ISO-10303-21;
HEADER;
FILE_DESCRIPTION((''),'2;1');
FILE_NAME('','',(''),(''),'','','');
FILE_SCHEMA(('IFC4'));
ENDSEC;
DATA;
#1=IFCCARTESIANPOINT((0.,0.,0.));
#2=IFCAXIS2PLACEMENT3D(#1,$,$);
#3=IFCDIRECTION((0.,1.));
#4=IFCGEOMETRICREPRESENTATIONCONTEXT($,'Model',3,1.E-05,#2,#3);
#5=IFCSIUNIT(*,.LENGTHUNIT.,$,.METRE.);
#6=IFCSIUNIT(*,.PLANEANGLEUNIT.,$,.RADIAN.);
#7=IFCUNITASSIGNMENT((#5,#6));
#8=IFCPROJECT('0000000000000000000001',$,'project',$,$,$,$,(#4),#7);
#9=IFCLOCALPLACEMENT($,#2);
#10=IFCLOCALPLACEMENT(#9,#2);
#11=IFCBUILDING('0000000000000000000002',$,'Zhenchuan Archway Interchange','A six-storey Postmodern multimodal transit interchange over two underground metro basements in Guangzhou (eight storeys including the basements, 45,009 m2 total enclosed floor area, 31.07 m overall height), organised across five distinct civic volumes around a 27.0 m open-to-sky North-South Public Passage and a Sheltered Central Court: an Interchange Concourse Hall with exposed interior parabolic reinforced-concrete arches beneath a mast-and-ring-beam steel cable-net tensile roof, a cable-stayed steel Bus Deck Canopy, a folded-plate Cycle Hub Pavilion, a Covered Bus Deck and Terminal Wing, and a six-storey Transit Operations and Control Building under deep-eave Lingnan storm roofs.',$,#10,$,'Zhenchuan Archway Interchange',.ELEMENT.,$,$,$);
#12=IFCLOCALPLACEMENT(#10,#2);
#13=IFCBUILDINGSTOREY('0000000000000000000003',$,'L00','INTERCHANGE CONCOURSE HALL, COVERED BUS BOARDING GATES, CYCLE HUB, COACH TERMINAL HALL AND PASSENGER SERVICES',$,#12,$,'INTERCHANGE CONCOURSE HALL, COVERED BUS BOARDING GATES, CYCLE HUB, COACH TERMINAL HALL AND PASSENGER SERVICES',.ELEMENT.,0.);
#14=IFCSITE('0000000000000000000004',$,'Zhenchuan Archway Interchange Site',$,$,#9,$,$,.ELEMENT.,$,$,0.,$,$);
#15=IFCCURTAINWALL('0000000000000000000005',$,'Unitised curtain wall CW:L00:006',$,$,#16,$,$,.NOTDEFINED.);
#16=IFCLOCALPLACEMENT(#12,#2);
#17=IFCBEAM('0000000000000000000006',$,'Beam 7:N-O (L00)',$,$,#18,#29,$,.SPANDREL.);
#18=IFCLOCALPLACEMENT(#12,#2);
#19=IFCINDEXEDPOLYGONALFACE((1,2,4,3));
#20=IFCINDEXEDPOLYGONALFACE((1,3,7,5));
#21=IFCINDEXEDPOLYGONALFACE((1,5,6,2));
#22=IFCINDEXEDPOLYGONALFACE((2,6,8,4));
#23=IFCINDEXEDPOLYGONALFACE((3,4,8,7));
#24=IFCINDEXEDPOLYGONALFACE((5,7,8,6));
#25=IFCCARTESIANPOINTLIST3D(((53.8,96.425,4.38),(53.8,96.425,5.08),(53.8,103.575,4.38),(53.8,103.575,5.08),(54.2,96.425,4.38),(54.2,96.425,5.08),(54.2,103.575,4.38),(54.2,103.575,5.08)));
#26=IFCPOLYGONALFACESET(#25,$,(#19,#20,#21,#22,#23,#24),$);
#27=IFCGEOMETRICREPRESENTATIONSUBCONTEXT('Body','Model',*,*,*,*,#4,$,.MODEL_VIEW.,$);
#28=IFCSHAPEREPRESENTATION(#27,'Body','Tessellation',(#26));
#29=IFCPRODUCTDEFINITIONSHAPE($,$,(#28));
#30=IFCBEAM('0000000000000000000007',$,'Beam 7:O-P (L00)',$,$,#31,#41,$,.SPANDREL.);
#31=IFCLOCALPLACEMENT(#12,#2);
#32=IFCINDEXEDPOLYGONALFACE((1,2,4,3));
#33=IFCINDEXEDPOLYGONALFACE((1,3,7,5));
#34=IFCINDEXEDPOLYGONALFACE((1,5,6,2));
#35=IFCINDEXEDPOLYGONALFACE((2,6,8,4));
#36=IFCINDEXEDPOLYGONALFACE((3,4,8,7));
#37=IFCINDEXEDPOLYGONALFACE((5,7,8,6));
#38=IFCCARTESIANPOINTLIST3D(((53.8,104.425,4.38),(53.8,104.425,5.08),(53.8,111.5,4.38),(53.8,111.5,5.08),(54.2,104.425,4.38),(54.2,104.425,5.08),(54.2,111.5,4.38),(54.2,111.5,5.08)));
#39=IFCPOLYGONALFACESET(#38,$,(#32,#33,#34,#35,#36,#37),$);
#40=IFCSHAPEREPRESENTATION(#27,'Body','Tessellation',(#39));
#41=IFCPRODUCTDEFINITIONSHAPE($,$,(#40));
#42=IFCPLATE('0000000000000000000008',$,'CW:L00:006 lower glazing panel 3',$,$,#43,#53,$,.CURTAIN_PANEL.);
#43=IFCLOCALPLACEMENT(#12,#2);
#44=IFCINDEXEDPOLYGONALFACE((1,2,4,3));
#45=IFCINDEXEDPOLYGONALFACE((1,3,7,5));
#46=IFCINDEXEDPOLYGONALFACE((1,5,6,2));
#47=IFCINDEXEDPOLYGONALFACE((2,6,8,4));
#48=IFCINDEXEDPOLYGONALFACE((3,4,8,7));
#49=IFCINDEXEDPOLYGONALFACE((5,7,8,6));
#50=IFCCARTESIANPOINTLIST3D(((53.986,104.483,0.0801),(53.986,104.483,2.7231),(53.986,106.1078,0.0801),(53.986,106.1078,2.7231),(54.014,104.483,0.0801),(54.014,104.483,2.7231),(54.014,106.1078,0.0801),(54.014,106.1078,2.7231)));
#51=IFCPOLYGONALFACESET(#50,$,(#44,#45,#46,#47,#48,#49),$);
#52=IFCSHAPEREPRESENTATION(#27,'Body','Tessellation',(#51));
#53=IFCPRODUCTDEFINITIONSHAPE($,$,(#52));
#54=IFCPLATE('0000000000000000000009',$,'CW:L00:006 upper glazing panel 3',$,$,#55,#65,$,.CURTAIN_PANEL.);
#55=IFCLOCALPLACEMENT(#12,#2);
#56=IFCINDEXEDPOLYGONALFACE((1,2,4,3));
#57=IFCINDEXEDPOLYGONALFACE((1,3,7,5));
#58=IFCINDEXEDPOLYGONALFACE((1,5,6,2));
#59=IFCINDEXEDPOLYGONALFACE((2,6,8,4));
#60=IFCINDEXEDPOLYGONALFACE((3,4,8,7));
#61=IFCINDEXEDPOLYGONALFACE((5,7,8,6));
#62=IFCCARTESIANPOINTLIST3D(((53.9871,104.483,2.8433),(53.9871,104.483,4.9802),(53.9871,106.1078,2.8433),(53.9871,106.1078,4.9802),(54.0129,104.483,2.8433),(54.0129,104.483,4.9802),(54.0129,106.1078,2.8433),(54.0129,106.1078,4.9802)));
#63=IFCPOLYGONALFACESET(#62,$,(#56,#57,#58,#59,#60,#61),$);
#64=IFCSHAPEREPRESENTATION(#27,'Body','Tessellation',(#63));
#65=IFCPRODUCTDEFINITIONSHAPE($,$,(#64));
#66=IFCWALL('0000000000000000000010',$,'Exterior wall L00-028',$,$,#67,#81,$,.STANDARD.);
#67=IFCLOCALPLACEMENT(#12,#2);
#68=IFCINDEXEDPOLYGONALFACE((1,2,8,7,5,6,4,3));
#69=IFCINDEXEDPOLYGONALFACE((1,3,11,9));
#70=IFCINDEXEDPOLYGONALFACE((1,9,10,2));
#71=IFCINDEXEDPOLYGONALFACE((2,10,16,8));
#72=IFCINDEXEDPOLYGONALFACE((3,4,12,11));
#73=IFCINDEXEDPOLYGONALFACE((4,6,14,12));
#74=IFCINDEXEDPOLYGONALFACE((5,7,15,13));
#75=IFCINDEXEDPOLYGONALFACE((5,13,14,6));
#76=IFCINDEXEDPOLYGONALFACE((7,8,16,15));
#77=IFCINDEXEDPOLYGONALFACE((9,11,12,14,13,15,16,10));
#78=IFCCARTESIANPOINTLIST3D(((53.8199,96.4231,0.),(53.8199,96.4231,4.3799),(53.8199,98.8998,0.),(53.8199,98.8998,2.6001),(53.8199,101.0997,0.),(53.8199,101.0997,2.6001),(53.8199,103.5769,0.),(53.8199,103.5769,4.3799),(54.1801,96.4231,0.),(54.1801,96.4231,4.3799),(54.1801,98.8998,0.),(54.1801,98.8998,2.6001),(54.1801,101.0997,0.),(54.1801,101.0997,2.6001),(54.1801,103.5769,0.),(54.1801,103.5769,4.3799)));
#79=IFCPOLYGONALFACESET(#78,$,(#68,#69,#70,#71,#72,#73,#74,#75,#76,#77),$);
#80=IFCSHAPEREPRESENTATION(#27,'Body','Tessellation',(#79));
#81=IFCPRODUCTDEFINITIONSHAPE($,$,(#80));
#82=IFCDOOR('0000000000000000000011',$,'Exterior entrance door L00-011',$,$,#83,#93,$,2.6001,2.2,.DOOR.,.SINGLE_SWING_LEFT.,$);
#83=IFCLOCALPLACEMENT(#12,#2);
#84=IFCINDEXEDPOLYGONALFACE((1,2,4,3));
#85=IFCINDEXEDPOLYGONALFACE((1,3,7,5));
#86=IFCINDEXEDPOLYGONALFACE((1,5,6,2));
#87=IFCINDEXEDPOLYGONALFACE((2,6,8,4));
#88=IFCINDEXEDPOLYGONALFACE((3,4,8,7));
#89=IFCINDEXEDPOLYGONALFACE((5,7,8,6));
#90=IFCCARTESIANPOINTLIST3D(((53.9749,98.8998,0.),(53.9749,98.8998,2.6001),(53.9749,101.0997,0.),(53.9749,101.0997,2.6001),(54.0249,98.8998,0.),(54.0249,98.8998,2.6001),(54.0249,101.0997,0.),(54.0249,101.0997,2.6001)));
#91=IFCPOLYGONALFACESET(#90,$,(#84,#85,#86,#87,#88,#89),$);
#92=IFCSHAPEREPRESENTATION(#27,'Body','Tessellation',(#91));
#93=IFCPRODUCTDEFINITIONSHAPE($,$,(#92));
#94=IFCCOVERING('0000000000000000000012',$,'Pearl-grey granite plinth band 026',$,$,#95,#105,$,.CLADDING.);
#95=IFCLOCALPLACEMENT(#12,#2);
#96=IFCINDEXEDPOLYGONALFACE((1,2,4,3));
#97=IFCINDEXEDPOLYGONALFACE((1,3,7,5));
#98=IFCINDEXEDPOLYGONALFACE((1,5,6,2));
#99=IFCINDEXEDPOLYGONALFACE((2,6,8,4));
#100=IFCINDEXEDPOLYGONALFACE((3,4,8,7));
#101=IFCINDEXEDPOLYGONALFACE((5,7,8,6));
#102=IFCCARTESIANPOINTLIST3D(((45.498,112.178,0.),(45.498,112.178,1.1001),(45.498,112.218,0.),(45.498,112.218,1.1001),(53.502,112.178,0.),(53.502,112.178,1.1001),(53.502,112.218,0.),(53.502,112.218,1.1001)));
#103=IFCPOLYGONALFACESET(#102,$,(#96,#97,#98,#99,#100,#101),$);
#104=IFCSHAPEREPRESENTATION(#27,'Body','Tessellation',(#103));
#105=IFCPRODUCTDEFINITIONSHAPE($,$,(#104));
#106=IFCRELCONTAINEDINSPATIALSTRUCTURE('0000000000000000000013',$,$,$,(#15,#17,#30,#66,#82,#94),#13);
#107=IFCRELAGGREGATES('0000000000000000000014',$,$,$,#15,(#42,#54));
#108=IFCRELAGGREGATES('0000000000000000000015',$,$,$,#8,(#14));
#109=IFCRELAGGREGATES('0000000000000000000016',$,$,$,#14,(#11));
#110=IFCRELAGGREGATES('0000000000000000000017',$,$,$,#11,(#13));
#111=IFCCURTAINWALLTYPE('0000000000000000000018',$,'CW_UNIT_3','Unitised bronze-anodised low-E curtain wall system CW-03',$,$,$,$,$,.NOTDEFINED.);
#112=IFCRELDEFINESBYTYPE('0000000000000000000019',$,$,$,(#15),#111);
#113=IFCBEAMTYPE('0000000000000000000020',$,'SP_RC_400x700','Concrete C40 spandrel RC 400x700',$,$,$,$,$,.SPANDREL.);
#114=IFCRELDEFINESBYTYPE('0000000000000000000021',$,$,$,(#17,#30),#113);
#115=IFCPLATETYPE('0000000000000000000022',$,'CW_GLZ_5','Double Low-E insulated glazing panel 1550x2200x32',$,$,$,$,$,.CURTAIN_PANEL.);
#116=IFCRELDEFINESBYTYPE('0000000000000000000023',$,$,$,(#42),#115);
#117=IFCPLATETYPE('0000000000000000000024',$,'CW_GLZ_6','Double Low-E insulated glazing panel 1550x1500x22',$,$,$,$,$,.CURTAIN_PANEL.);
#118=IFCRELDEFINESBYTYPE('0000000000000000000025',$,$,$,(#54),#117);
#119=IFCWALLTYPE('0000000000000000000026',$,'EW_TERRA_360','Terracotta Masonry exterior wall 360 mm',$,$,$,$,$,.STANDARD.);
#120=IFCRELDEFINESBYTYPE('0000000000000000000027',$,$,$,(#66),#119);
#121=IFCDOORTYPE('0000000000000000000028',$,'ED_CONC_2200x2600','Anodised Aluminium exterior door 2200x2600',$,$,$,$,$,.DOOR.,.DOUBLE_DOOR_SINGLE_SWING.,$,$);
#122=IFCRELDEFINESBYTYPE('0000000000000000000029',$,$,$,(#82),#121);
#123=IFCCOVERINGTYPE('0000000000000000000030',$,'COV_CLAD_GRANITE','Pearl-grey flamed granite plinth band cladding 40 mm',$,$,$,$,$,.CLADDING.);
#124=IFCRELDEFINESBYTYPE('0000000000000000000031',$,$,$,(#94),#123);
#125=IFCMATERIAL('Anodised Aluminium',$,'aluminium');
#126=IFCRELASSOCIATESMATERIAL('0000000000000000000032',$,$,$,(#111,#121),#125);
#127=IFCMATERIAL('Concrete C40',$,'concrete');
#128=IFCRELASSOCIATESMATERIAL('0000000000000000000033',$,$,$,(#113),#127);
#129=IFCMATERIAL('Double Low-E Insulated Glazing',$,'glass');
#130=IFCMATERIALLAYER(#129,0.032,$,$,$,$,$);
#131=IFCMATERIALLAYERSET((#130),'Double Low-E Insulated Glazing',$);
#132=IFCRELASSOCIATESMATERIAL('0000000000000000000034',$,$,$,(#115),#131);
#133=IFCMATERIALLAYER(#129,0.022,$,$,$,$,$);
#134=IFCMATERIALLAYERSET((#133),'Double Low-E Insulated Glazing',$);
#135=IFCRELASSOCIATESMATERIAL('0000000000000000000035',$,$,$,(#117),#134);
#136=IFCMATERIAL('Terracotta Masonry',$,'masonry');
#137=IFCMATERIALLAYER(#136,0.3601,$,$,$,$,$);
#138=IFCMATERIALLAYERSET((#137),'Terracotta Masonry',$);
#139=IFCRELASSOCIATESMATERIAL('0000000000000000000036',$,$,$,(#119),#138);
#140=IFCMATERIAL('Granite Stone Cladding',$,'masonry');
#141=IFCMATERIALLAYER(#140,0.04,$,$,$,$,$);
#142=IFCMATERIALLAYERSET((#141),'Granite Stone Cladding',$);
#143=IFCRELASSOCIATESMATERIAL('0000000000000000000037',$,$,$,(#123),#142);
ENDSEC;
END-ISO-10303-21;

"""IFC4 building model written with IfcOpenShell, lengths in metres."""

from ifc_helpers import new_model, si_unit, direction, frame, frame_2d, origin, origin_2d, place, context, subcontext, project, spatial, rectangle, extrude, material, layer, layer_set, material_profile, profile_set, type_object, element, fill, aggregate, save


model = new_model("IFC4")

# Units and contexts
model_context = context("Model", 3, precision=1e-05, world=origin(), true_north=direction((0.0, 1.0)))
body_context = subcontext(model_context, "Body", "Model", "MODEL_VIEW")
ifc_project = project(units=[si_unit("LENGTHUNIT", "METRE"), si_unit("PLANEANGLEUNIT", "RADIAN")], contexts=[model_context])

# Site, building, storey
site_placement = place(None, origin())
site = spatial("IfcSite", under=ifc_project, at=site_placement, Name="Zhenchuan Archway Interchange Site", CompositionType="ELEMENT", RefElevation=0.0)
building_placement = place(site_placement, origin())
building = spatial("IfcBuilding", under=site, at=building_placement, Name="Zhenchuan Archway Interchange", Description="A six-storey Postmodern multimodal transit interchange over two underground metro basements in Guangzhou (eight storeys including the basements, 45,009 m2 total enclosed floor area, 31.07 m overall height), organised across five distinct civic volumes around a 27.0 m open-to-sky North-South Public Passage and a Sheltered Central Court: an Interchange Concourse Hall with exposed interior parabolic reinforced-concrete arches beneath a mast-and-ring-beam steel cable-net tensile roof, a cable-stayed steel Bus Deck Canopy, a folded-plate Cycle Hub Pavilion, a Covered Bus Deck and Terminal Wing, and a six-storey Transit Operations and Control Building under deep-eave Lingnan storm roofs.", LongName="Zhenchuan Archway Interchange", CompositionType="ELEMENT")
storey_placement = place(building_placement, origin())
storey = spatial("IfcBuildingStorey", under=building, at=storey_placement, Name="L00", Description="INTERCHANGE CONCOURSE HALL, COVERED BUS BOARDING GATES, CYCLE HUB, COACH TERMINAL HALL AND PASSENGER SERVICES", LongName="INTERCHANGE CONCOURSE HALL, COVERED BUS BOARDING GATES, CYCLE HUB, COACH TERMINAL HALL AND PASSENGER SERVICES", CompositionType="ELEMENT", Elevation=0.0)

# Shared definitions
ifc_material_1 = material(Name="Concrete C40", Category="concrete")

# Curtain wall
ifc_material_2 = material(Name="Anodised Aluminium", Category="aluminium")
curtain_wall_type = type_object("IfcCurtainWallType", Name="CW_UNIT_3", Description="Unitised bronze-anodised low-E curtain wall system CW-03", PredefinedType="NOTDEFINED", material=ifc_material_2)
curtain_wall_placement = place(storey_placement, origin())
curtain_wall = element("IfcCurtainWall", 1, at=curtain_wall_placement, inside=storey, type_object=curtain_wall_type, Name="Unitised curtain wall CW:L00:006", PredefinedType="NOTDEFINED")

# Beams
ifc_material_profile_1 = material_profile(ifc_material_1, rectangle(XDim=0.3999, YDim=0.7, at=origin_2d()), Name="RC 400x700")
ifc_profile_set_1 = profile_set([ifc_material_profile_1], Name="Concrete C40")
beam_type_1 = type_object("IfcBeamType", Name="SP_RC_400x700", Description="Concrete C40 spandrel RC 400x700", PredefinedType="SPANDREL", material=ifc_profile_set_1)
beam_1_placement = place(storey_placement, frame((54.0, 96.425, 4.73), z_axis=(0.0, 1.0, 0.0), x_axis=(-1.0, 0.0, 0.0)))
element("IfcBeam", 2, at=beam_1_placement, inside=storey, type_object=beam_type_1, Name="Beam 7:N-O (L00)", PredefinedType="SPANDREL", context=body_context, shape_type="SweptSolid", body=[
    extrude(rectangle(XDim=0.3999, YDim=0.7, at=origin_2d()), origin(), (0.0, 0.0, 1.0), 7.1499),
])
beam_2_placement = place(storey_placement, frame((54.0, 104.425, 4.73), z_axis=(0.0, 1.0, 0.0), x_axis=(-1.0, 0.0, 0.0)))
element("IfcBeam", 3, at=beam_2_placement, inside=storey, type_object=beam_type_1, Name="Beam 7:O-P (L00)", PredefinedType="SPANDREL", context=body_context, shape_type="SweptSolid", body=[
    extrude(rectangle(XDim=0.3999, YDim=0.7, at=origin_2d()), origin(), (0.0, 0.0, 1.0), 7.075),
])

# Plates
ifc_material_3 = material(Name="Double Low-E Insulated Glazing", Category="glass")
ifc_layer_1 = layer(ifc_material_3, 0.032)
ifc_layer_set_1 = layer_set([ifc_layer_1], Name="Double Low-E Insulated Glazing")
plate_type_1 = type_object("IfcPlateType", Name="CW_GLZ_5", Description="Double Low-E insulated glazing panel 1550x2200x32", PredefinedType="CURTAIN_PANEL", material=ifc_layer_set_1)
plate_1_placement = place(storey_placement, frame((54.0, 105.2954, 0.0801), z_axis=(0.0, 0.0, 1.0), x_axis=(0.0, -1.0, 0.0)))
plate_1 = element("IfcPlate", 4, at=plate_1_placement, type_object=plate_type_1, Name="CW:L00:006 lower glazing panel 3", PredefinedType="CURTAIN_PANEL", context=body_context, shape_type="SweptSolid", body=[
    extrude(rectangle(XDim=1.6248, YDim=0.0281, at=origin_2d()), origin(), (0.0, 0.0, 1.0), 2.6431),
])
ifc_layer_2 = layer(ifc_material_3, 0.022)
ifc_layer_set_2 = layer_set([ifc_layer_2], Name="Double Low-E Insulated Glazing")
plate_type_2 = type_object("IfcPlateType", Name="CW_GLZ_6", Description="Double Low-E insulated glazing panel 1550x1500x22", PredefinedType="CURTAIN_PANEL", material=ifc_layer_set_2)
plate_2_placement = place(storey_placement, frame((54.0, 105.2954, 2.8433), z_axis=(0.0, 0.0, 1.0), x_axis=(0.0, -1.0, 0.0)))
plate_2 = element("IfcPlate", 5, at=plate_2_placement, type_object=plate_type_2, Name="CW:L00:006 upper glazing panel 3", PredefinedType="CURTAIN_PANEL", context=body_context, shape_type="SweptSolid", body=[
    extrude(rectangle(XDim=1.6248, YDim=0.0259, at=origin_2d()), origin(), (0.0, 0.0, 1.0), 2.137),
])
aggregate(curtain_wall, [plate_1, plate_2])

# Wall, opening, door
ifc_material_4 = material(Name="Terracotta Masonry", Category="masonry")
ifc_layer_3 = layer(ifc_material_4, 0.3601)
ifc_layer_set_3 = layer_set([ifc_layer_3], Name="Terracotta Masonry")
wall_type = type_object("IfcWallType", Name="EW_TERRA_360", Description="Terracotta Masonry exterior wall 360 mm", PredefinedType="STANDARD", material=ifc_layer_set_3)
wall_placement = place(storey_placement, frame((54.0, 103.5769, 0.0), z_axis=(0.0, 0.0, 1.0), x_axis=(0.0, -1.0, 0.0)))
wall = element("IfcWall", 6, at=wall_placement, inside=storey, type_object=wall_type, Name="Exterior wall L00-028", PredefinedType="STANDARD", context=body_context, shape_type="SweptSolid", body=[
    extrude(rectangle(XDim=7.1538, YDim=0.3601, at=frame_2d((3.5769, 0.0))), origin(), (0.0, 0.0, 1.0), 4.3799),
])
opening_placement = place(wall_placement, frame((2.4771, 0.0, 0.0)))
opening = element("IfcOpeningElement", 7, at=opening_placement, cuts=wall, PredefinedType="OPENING", context=body_context, shape_type="SweptSolid", body=[
    extrude(rectangle(XDim=2.2, YDim=2.6001, at=frame_2d((1.1001, 1.3))), frame((0.0, 0.1919, 0.0), z_axis=(0.0, -1.0, 0.0), x_axis=(1.0, 0.0, 0.0)), (0.0, 0.0, 1.0), 0.384),
])
door_type = type_object("IfcDoorType", Name="ED_CONC_2200x2600", Description="Anodised Aluminium exterior door 2200x2600", OperationType="DOUBLE_DOOR_SINGLE_SWING", PredefinedType="DOOR", material=ifc_material_2)
door_placement = place(opening_placement, origin())
door = element("IfcDoor", 8, at=door_placement, inside=storey, type_object=door_type, Name="Exterior entrance door L00-011", OperationType="SINGLE_SWING_LEFT", OverallHeight=2.6001, OverallWidth=2.2, PredefinedType="DOOR", context=body_context, shape_type="SweptSolid", body=[
    extrude(rectangle(XDim=2.2, YDim=2.6001, at=frame_2d((1.1001, 1.3))), frame((0.0, 0.0249, 0.0), z_axis=(0.0, -1.0, 0.0), x_axis=(1.0, 0.0, 0.0)), (0.0, 0.0, 1.0), 0.05),
])
fill(opening, door)

# Covering
ifc_material_5 = material(Name="Granite Stone Cladding", Category="masonry")
ifc_layer_4 = layer(ifc_material_5, 0.04)
ifc_layer_set_4 = layer_set([ifc_layer_4], Name="Granite Stone Cladding")
covering_type = type_object("IfcCoveringType", Name="COV_CLAD_GRANITE", Description="Pearl-grey flamed granite plinth band cladding 40 mm", PredefinedType="CLADDING", material=ifc_layer_set_4)
covering_placement = place(storey_placement, frame((49.5, 112.198, 0.0), z_axis=(0.0, 0.0, 1.0), x_axis=(1.0, 0.0, 0.0)))
element("IfcCovering", 9, at=covering_placement, inside=storey, type_object=covering_type, Name="Pearl-grey granite plinth band 026", PredefinedType="CLADDING", context=body_context, shape_type="SweptSolid", body=[
    extrude(rectangle(XDim=8.0039, YDim=0.04, at=origin_2d()), origin(), (0.0, 0.0, 1.0), 1.1001),
])

save(model, "model.ifc")
